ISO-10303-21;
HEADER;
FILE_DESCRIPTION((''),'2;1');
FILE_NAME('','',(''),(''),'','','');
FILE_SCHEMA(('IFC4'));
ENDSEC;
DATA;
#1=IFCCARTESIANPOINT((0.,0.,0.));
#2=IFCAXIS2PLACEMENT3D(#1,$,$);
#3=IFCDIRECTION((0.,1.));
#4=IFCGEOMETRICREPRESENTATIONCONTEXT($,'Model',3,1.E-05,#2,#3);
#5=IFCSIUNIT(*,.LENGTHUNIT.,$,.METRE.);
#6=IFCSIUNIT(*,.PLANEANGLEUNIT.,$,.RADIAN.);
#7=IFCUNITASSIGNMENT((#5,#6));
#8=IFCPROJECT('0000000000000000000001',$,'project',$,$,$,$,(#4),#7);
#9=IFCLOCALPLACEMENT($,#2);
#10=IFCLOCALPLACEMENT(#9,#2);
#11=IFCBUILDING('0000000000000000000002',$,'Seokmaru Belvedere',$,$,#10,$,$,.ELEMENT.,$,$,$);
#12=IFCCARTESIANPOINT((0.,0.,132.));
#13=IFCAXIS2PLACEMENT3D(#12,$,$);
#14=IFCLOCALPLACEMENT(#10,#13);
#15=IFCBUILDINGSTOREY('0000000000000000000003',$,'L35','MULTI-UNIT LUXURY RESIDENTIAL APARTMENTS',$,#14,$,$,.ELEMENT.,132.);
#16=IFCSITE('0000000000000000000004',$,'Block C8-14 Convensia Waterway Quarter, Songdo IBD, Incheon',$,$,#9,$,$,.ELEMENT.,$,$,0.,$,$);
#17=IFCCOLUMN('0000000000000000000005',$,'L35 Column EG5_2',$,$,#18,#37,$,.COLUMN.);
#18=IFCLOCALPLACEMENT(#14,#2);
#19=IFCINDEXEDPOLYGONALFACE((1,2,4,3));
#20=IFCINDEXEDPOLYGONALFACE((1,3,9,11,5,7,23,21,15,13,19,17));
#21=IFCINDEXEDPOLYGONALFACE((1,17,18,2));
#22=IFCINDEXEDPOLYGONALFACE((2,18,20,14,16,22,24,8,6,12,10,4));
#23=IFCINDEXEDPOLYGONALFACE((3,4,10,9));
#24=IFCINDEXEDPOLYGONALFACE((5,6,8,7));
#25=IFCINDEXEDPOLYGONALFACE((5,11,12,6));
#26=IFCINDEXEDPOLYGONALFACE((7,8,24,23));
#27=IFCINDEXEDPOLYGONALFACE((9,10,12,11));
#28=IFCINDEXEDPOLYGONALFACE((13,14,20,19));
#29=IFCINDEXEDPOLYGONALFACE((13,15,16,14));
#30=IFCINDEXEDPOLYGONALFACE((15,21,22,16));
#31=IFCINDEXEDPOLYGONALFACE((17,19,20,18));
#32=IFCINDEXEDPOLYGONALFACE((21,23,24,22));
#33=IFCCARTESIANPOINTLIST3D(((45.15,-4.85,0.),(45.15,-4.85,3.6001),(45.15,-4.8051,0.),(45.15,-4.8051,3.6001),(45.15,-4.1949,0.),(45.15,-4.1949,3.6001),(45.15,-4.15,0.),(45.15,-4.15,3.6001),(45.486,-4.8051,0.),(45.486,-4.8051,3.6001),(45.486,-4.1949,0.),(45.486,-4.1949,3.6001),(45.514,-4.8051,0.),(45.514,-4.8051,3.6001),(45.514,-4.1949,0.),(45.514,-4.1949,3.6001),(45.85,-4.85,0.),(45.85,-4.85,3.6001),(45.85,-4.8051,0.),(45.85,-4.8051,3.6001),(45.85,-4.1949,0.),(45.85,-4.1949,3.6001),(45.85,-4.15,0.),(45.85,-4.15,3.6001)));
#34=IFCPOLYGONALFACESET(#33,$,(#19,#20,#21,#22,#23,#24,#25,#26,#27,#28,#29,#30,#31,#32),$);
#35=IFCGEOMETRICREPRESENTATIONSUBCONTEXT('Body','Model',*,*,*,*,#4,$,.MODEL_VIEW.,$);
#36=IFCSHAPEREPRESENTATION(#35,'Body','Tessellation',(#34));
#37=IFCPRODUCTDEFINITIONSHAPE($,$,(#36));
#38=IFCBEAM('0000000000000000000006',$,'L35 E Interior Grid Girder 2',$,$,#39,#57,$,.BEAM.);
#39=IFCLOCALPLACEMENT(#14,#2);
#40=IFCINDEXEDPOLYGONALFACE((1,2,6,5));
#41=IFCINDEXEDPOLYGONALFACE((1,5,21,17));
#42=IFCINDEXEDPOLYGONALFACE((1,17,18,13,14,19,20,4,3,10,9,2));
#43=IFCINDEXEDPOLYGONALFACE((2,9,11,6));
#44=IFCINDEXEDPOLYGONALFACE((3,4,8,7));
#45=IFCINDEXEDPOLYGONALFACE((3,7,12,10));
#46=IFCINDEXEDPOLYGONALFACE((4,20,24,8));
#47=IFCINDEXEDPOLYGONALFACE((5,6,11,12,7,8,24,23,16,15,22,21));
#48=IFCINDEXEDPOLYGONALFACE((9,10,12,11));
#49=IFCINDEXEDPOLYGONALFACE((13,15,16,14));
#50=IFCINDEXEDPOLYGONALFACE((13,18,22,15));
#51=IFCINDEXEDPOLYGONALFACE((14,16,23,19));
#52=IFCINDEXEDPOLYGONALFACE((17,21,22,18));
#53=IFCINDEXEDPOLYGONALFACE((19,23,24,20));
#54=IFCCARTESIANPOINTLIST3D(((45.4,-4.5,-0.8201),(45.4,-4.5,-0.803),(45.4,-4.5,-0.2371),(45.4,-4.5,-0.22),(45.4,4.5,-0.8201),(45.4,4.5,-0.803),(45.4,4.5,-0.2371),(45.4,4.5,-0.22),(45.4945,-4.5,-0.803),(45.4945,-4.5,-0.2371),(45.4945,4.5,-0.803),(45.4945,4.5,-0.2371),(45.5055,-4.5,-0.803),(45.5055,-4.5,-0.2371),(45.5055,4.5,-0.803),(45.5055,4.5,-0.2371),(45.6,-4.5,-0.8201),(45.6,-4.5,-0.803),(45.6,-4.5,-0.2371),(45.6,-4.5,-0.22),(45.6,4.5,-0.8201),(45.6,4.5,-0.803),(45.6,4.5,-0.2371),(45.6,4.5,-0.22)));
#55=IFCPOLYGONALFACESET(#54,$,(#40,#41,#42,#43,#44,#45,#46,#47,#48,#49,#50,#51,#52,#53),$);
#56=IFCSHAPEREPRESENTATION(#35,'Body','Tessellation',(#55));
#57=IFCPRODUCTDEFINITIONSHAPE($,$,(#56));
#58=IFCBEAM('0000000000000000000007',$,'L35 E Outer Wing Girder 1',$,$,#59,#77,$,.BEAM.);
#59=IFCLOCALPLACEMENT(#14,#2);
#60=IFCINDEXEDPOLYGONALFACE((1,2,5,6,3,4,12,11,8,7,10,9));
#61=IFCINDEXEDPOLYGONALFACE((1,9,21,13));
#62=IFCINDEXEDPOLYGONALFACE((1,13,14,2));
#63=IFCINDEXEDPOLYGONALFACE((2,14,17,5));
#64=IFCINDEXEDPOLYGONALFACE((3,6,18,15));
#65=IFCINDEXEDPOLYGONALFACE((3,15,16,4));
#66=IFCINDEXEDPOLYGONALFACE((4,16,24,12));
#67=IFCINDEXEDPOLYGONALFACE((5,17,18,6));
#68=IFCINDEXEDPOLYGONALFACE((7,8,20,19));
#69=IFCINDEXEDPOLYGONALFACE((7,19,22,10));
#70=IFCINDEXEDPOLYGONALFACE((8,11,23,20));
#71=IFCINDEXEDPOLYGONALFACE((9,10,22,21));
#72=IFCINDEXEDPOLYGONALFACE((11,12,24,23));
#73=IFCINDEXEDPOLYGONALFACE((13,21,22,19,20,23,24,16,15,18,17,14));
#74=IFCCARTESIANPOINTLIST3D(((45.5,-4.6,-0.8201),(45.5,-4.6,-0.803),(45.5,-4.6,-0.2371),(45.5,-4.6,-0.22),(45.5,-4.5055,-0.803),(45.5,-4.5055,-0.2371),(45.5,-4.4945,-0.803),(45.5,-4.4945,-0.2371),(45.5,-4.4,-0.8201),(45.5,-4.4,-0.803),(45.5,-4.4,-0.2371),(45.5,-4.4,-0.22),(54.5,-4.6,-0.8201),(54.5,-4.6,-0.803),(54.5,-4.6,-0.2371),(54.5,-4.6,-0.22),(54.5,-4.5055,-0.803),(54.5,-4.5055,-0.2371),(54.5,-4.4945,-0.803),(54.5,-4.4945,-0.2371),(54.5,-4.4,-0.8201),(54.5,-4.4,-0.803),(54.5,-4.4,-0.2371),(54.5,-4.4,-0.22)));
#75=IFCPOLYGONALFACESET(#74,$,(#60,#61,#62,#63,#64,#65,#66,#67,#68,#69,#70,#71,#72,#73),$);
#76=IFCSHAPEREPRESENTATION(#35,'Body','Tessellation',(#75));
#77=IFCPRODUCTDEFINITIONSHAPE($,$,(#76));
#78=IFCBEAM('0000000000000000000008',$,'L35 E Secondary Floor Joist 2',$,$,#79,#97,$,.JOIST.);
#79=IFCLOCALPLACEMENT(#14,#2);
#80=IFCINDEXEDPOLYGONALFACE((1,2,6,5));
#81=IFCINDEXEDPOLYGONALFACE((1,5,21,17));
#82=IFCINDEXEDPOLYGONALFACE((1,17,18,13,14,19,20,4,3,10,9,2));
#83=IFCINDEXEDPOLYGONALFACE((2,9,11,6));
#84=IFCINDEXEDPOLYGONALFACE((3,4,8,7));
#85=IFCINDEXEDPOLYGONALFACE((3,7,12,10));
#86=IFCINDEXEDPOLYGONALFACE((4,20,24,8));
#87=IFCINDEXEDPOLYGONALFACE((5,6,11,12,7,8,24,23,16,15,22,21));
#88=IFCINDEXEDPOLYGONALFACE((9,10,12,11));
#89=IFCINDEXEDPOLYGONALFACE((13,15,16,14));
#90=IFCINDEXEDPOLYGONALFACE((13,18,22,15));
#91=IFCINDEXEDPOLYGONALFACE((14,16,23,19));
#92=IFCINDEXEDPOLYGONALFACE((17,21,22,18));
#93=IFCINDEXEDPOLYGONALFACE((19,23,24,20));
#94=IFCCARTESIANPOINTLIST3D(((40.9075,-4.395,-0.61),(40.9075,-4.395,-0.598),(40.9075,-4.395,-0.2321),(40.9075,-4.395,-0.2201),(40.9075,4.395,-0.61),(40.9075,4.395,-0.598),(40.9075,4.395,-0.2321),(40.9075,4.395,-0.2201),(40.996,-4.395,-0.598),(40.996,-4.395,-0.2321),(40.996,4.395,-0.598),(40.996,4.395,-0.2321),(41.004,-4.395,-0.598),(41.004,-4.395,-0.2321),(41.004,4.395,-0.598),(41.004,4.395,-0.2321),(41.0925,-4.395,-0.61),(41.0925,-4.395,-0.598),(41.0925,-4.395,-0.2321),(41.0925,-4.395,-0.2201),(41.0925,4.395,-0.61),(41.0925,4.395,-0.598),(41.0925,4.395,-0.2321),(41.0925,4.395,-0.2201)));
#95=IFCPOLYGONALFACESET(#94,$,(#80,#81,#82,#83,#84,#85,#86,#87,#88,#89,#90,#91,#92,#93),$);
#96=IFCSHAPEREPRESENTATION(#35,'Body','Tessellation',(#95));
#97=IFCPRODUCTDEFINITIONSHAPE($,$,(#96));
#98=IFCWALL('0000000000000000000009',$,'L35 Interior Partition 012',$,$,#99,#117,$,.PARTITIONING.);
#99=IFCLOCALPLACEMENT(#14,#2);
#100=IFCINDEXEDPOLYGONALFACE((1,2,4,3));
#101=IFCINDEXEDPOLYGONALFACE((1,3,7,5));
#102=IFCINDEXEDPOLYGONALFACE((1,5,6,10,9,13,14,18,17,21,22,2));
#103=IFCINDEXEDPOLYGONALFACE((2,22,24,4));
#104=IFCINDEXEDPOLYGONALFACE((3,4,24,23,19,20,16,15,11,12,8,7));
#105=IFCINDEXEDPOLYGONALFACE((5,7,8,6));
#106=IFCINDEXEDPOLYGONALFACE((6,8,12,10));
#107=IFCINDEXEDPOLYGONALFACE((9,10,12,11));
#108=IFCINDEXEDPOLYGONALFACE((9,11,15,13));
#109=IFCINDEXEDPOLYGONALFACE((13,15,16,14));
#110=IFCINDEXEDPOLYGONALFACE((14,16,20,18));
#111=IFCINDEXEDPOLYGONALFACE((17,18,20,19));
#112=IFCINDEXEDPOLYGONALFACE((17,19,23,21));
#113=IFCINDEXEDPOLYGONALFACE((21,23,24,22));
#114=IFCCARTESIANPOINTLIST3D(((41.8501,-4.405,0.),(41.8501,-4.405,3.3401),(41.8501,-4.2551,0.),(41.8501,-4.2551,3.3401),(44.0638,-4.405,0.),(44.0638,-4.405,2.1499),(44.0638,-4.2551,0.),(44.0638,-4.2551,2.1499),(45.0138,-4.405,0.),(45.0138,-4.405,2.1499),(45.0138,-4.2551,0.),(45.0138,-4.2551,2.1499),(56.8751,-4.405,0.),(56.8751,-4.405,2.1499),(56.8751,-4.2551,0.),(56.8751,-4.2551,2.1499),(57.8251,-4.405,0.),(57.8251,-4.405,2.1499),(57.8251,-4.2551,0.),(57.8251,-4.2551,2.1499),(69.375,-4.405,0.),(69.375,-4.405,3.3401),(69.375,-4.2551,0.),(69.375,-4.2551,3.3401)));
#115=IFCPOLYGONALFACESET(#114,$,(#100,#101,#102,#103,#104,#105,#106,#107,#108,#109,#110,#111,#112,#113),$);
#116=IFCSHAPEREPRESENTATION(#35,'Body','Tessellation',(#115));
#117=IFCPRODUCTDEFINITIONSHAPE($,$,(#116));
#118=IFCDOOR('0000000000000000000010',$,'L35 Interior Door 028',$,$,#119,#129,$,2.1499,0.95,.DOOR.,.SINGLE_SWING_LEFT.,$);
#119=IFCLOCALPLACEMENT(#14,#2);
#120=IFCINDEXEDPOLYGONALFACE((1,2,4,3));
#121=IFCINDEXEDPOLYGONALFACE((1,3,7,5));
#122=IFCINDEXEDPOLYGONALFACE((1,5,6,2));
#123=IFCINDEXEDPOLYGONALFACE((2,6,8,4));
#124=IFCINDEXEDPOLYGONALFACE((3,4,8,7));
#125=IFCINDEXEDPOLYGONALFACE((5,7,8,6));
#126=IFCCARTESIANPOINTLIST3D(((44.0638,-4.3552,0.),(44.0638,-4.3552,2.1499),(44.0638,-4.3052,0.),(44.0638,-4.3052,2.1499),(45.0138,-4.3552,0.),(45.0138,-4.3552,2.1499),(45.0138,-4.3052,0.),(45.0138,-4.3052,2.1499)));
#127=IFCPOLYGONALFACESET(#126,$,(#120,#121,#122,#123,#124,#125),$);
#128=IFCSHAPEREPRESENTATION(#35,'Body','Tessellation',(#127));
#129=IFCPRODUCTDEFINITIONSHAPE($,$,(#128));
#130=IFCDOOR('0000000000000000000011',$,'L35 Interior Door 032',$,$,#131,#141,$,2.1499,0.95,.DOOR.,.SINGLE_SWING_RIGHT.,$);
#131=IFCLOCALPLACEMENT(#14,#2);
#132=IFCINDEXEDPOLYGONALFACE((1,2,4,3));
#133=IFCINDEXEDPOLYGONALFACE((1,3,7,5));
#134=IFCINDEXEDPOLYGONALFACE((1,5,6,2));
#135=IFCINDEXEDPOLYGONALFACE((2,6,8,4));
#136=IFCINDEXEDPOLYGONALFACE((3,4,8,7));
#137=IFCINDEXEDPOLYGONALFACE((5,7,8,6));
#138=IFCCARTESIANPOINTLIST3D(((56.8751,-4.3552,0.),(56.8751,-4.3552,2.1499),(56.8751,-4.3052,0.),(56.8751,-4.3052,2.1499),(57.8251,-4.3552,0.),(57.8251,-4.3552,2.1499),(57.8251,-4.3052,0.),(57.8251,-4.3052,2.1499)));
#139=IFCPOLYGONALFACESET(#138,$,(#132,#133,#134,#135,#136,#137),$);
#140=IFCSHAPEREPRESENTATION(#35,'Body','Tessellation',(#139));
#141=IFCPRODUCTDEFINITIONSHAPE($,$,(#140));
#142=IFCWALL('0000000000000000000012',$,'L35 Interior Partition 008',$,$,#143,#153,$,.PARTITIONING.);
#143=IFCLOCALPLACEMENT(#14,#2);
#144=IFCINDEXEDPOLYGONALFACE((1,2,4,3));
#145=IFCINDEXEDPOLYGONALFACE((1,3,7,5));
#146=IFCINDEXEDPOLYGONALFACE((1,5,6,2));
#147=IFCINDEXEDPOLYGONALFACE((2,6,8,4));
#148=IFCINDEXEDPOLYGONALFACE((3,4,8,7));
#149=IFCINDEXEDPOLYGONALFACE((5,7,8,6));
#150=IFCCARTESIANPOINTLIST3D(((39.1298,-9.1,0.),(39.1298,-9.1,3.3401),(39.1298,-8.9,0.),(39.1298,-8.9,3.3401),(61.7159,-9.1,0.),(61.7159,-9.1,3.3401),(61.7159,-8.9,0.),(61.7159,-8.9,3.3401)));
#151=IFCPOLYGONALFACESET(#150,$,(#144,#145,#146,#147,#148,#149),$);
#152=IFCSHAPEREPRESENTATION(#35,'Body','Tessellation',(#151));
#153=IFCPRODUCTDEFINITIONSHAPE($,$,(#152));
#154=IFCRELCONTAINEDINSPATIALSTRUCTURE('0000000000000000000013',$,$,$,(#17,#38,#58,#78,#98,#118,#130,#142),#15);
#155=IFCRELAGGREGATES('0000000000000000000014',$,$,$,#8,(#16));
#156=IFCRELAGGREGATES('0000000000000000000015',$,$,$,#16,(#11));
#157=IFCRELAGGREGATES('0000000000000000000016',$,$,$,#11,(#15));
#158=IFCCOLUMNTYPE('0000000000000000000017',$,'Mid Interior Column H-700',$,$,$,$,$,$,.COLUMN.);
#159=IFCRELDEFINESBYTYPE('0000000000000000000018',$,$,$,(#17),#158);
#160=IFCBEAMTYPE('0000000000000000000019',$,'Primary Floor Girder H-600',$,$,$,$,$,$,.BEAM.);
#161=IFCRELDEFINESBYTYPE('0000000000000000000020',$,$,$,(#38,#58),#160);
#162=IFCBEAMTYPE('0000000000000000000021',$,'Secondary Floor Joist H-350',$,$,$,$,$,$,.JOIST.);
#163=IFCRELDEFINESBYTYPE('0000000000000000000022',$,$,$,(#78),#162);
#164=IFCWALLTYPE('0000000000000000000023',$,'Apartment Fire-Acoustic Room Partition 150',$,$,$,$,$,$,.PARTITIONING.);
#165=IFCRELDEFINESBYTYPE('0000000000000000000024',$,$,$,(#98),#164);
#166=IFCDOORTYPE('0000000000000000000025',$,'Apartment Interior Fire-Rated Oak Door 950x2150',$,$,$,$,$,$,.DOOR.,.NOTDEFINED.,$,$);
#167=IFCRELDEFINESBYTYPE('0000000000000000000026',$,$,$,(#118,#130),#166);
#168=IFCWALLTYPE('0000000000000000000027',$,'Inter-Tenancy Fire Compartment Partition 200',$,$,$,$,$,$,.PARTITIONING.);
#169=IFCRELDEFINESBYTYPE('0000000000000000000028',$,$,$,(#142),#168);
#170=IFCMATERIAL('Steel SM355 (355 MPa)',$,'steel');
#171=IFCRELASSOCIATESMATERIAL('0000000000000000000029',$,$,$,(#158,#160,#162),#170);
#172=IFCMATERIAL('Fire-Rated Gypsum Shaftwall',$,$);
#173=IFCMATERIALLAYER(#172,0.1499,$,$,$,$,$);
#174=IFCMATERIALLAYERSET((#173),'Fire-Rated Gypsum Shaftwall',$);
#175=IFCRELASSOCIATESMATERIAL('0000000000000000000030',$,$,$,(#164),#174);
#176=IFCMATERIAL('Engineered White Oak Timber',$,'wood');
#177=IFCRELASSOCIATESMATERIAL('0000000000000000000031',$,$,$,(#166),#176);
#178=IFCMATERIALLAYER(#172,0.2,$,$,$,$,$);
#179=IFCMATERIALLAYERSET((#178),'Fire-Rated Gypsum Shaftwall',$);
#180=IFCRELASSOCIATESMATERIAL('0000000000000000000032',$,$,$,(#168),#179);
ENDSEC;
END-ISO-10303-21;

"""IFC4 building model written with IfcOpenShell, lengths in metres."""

from ifc_helpers import new_model, si_unit, direction, frame, frame_2d, origin, origin_2d, place, context, subcontext, project, spatial, rectangle, i_section, extrude, source, transform, mapped, material, layer, layer_set, material_profile, profile_set, type_object, type_shapes, element, fill, save


model = new_model("IFC4")

# Units and contexts
model_context = context("Model", 3, precision=1e-05, world=origin(), true_north=direction((0.0, 1.0)))
body_context = subcontext(model_context, "Body", "Model", "MODEL_VIEW")
ifc_project = project(units=[si_unit("LENGTHUNIT", "METRE"), si_unit("PLANEANGLEUNIT", "RADIAN")], contexts=[model_context])

# Site, building, storey
site_placement = place(None, origin())
site = spatial("IfcSite", under=ifc_project, at=site_placement, Name="Block C8-14 Convensia Waterway Quarter, Songdo IBD, Incheon", CompositionType="ELEMENT", RefElevation=0.0)
building_placement = place(site_placement, origin())
building = spatial("IfcBuilding", under=site, at=building_placement, Name="Seokmaru Belvedere", CompositionType="ELEMENT")
storey_placement = place(building_placement, frame((0.0, 0.0, 132.0)))
storey = spatial("IfcBuildingStorey", under=building, at=storey_placement, Name="L35", Description="MULTI-UNIT LUXURY RESIDENTIAL APARTMENTS", CompositionType="ELEMENT", Elevation=132.0)

# Column
ifc_material_1 = material(Name="Steel SM355 (355 MPa)", Category="steel")
ifc_material_profile_1 = material_profile(ifc_material_1, i_section(OverallWidth=0.7, OverallDepth=0.7, WebThickness=0.0281, FlangeThickness=0.0449, at=origin_2d()), Name="H-700x700x28x45")
ifc_profile_set_1 = profile_set([ifc_material_profile_1], Name="Steel SM355 (355 MPa)")
column_type = type_object("IfcColumnType", Name="Mid Interior Column H-700", PredefinedType="COLUMN", material=ifc_profile_set_1)
shared_shape_1 = source(origin(), body_context, "Body", "SweptSolid", [
    extrude(i_section(OverallWidth=0.7, OverallDepth=0.7, WebThickness=0.0281, FlangeThickness=0.0449, at=origin_2d()), origin(), (0.0, 0.0, 1.0), 3.6001),
])
type_shapes(column_type, [shared_shape_1])
column_placement = place(storey_placement, frame((45.5, -4.5, 0.0), z_axis=(0.0, 0.0, 1.0), x_axis=(1.0, 0.0, 0.0)))
element("IfcColumn", 1, at=column_placement, inside=storey, type_object=column_type, Name="L35 Column EG5_2", PredefinedType="COLUMN", context=body_context, shape_type="MappedRepresentation", body=[
    mapped(shared_shape_1, transform((0.0, 0.0, 0.0), scale=1.0)),
])

# Beams
ifc_material_profile_2 = material_profile(ifc_material_1, i_section(OverallWidth=0.2, OverallDepth=0.6001, WebThickness=0.011, FlangeThickness=0.0171, at=origin_2d()), Name="H-600x200x11x17")
ifc_profile_set_2 = profile_set([ifc_material_profile_2], Name="Steel SM355 (355 MPa)")
beam_type_1 = type_object("IfcBeamType", Name="Primary Floor Girder H-600", PredefinedType="BEAM", material=ifc_profile_set_2)
shared_shape_2 = source(origin(), body_context, "Body", "SweptSolid", [
    extrude(i_section(OverallWidth=0.2, OverallDepth=0.6001, WebThickness=0.011, FlangeThickness=0.0171, at=origin_2d()), origin(), (0.0, 0.0, 1.0), 9.0),
])
type_shapes(beam_type_1, [shared_shape_2])
for number, where, z_axis, x_axis, name in (
    (2, (45.5, -4.5, -0.52), (0.0, 1.0, 0.0), (-1.0, 0.0, 0.0), "L35 E Interior Grid Girder 2"),
    (3, (45.5, -4.5, -0.52), (1.0, 0.0, 0.0), (0.0, 1.0, 0.0), "L35 E Outer Wing Girder 1"),
):
    element("IfcBeam", number, at=place(storey_placement, frame(where, z_axis=z_axis, x_axis=x_axis)), inside=storey, type_object=beam_type_1, Name=name, PredefinedType="BEAM", context=body_context, shape_type="MappedRepresentation", body=[
        mapped(shared_shape_2, transform((0.0, 0.0, 0.0), scale=1.0)),
    ])
ifc_material_profile_3 = material_profile(ifc_material_1, i_section(OverallWidth=0.1851, OverallDepth=0.3899, WebThickness=0.0081, FlangeThickness=0.012, at=origin_2d()), Name="H-390x185x8x12")
ifc_profile_set_3 = profile_set([ifc_material_profile_3], Name="Steel SM355 (355 MPa)")
beam_type_2 = type_object("IfcBeamType", Name="Secondary Floor Joist H-350", PredefinedType="JOIST", material=ifc_profile_set_3)
shared_shape_3 = source(origin(), body_context, "Body", "SweptSolid", [
    extrude(i_section(OverallWidth=0.1851, OverallDepth=0.3899, WebThickness=0.0081, FlangeThickness=0.012, at=origin_2d()), origin(), (0.0, 0.0, 1.0), 8.79),
])
type_shapes(beam_type_2, [shared_shape_3])
beam_placement = place(storey_placement, frame((41.0, -4.395, -0.415), z_axis=(0.0, 1.0, 0.0), x_axis=(-1.0, 0.0, 0.0)))
element("IfcBeam", 4, at=beam_placement, inside=storey, type_object=beam_type_2, Name="L35 E Secondary Floor Joist 2", PredefinedType="JOIST", context=body_context, shape_type="MappedRepresentation", body=[
    mapped(shared_shape_3, transform((0.0, 0.0, 0.0), scale=1.0)),
])

# Wall, openings, doors
ifc_material_2 = material(Name="Fire-Rated Gypsum Shaftwall")
ifc_layer_1 = layer(ifc_material_2, 0.1499)
ifc_layer_set_1 = layer_set([ifc_layer_1], Name="Fire-Rated Gypsum Shaftwall")
wall_type_1 = type_object("IfcWallType", Name="Apartment Fire-Acoustic Room Partition 150", PredefinedType="PARTITIONING", material=ifc_layer_set_1)
wall_1_placement = place(storey_placement, frame((41.8501, -4.3301, 0.0), z_axis=(0.0, 0.0, 1.0), x_axis=(1.0, 0.0, 0.0)))
wall_1 = element("IfcWall", 5, at=wall_1_placement, inside=storey, type_object=wall_type_1, Name="L35 Interior Partition 012", PredefinedType="PARTITIONING", context=body_context, shape_type="SweptSolid", body=[
    extrude(rectangle(XDim=27.5249, YDim=0.1499, at=frame_2d((13.7625, 0.0))), origin(), (0.0, 0.0, 1.0), 3.3401),
])
opening_1_placement = place(wall_1_placement, frame((2.2136, 0.0, 0.0)))
opening_1 = element("IfcOpeningElement", 6, at=opening_1_placement, cuts=wall_1, PredefinedType="OPENING", context=body_context, shape_type="SweptSolid", body=[
    extrude(rectangle(XDim=0.95, YDim=2.1499, at=frame_2d((0.4751, 1.075))), frame((0.0, 0.085, 0.0), z_axis=(0.0, -1.0, 0.0), x_axis=(1.0, 0.0, 0.0)), (0.0, 0.0, 1.0), 0.1699),
])
opening_2_placement = place(wall_1_placement, frame((15.0249, 0.0, 0.0)))
opening_2 = element("IfcOpeningElement", 7, at=opening_2_placement, cuts=wall_1, PredefinedType="OPENING", context=body_context, shape_type="SweptSolid", body=[
    extrude(rectangle(XDim=0.95, YDim=2.1499, at=frame_2d((0.4751, 1.075))), frame((0.0, 0.085, 0.0), z_axis=(0.0, -1.0, 0.0), x_axis=(1.0, 0.0, 0.0)), (0.0, 0.0, 1.0), 0.1699),
])
ifc_material_3 = material(Name="Engineered White Oak Timber", Category="wood")
door_type_1 = type_object("IfcDoorType", Name="Apartment Interior Fire-Rated Oak Door 950x2150", OperationType="NOTDEFINED", PredefinedType="DOOR", material=ifc_material_3)
shared_shape_4 = source(origin(), body_context, "Body", "SweptSolid", [
    extrude(rectangle(XDim=0.95, YDim=2.1499, at=frame_2d((0.4751, 1.075))), frame((0.0, 0.0249, 0.0), z_axis=(0.0, -1.0, 0.0), x_axis=(1.0, 0.0, 0.0)), (0.0, 0.0, 1.0), 0.05),
])
type_shapes(door_type_1, [shared_shape_4])
door_1_placement = place(opening_1_placement, origin())
door_1 = element("IfcDoor", 8, at=door_1_placement, inside=storey, type_object=door_type_1, Name="L35 Interior Door 028", OperationType="SINGLE_SWING_LEFT", OverallHeight=2.1499, OverallWidth=0.95, PredefinedType="DOOR", context=body_context, shape_type="MappedRepresentation", body=[
    mapped(shared_shape_4, transform((0.0, 0.0, 0.0), scale=1.0)),
])
fill(opening_1, door_1)
door_2_placement = place(opening_2_placement, origin())
door_2 = element("IfcDoor", 9, at=door_2_placement, inside=storey, type_object=door_type_1, Name="L35 Interior Door 032", OperationType="SINGLE_SWING_RIGHT", OverallHeight=2.1499, OverallWidth=0.95, PredefinedType="DOOR", context=body_context, shape_type="MappedRepresentation", body=[
    mapped(shared_shape_4, transform((0.0, 0.0, 0.0), scale=1.0)),
])
fill(opening_2, door_2)

# Wall
ifc_layer_2 = layer(ifc_material_2, 0.2)
ifc_layer_set_2 = layer_set([ifc_layer_2], Name="Fire-Rated Gypsum Shaftwall")
wall_type_2 = type_object("IfcWallType", Name="Inter-Tenancy Fire Compartment Partition 200", PredefinedType="PARTITIONING", material=ifc_layer_set_2)
wall_2_placement = place(storey_placement, frame((39.1299, -9.0, 0.0), z_axis=(0.0, 0.0, 1.0), x_axis=(1.0, 0.0, 0.0)))
element("IfcWall", 10, at=wall_2_placement, inside=storey, type_object=wall_type_2, Name="L35 Interior Partition 008", PredefinedType="PARTITIONING", context=body_context, shape_type="SweptSolid", body=[
    extrude(rectangle(XDim=22.5862, YDim=0.2, at=frame_2d((11.293, 0.0))), origin(), (0.0, 0.0, 1.0), 3.3401),
])

save(model, "model.ifc")
